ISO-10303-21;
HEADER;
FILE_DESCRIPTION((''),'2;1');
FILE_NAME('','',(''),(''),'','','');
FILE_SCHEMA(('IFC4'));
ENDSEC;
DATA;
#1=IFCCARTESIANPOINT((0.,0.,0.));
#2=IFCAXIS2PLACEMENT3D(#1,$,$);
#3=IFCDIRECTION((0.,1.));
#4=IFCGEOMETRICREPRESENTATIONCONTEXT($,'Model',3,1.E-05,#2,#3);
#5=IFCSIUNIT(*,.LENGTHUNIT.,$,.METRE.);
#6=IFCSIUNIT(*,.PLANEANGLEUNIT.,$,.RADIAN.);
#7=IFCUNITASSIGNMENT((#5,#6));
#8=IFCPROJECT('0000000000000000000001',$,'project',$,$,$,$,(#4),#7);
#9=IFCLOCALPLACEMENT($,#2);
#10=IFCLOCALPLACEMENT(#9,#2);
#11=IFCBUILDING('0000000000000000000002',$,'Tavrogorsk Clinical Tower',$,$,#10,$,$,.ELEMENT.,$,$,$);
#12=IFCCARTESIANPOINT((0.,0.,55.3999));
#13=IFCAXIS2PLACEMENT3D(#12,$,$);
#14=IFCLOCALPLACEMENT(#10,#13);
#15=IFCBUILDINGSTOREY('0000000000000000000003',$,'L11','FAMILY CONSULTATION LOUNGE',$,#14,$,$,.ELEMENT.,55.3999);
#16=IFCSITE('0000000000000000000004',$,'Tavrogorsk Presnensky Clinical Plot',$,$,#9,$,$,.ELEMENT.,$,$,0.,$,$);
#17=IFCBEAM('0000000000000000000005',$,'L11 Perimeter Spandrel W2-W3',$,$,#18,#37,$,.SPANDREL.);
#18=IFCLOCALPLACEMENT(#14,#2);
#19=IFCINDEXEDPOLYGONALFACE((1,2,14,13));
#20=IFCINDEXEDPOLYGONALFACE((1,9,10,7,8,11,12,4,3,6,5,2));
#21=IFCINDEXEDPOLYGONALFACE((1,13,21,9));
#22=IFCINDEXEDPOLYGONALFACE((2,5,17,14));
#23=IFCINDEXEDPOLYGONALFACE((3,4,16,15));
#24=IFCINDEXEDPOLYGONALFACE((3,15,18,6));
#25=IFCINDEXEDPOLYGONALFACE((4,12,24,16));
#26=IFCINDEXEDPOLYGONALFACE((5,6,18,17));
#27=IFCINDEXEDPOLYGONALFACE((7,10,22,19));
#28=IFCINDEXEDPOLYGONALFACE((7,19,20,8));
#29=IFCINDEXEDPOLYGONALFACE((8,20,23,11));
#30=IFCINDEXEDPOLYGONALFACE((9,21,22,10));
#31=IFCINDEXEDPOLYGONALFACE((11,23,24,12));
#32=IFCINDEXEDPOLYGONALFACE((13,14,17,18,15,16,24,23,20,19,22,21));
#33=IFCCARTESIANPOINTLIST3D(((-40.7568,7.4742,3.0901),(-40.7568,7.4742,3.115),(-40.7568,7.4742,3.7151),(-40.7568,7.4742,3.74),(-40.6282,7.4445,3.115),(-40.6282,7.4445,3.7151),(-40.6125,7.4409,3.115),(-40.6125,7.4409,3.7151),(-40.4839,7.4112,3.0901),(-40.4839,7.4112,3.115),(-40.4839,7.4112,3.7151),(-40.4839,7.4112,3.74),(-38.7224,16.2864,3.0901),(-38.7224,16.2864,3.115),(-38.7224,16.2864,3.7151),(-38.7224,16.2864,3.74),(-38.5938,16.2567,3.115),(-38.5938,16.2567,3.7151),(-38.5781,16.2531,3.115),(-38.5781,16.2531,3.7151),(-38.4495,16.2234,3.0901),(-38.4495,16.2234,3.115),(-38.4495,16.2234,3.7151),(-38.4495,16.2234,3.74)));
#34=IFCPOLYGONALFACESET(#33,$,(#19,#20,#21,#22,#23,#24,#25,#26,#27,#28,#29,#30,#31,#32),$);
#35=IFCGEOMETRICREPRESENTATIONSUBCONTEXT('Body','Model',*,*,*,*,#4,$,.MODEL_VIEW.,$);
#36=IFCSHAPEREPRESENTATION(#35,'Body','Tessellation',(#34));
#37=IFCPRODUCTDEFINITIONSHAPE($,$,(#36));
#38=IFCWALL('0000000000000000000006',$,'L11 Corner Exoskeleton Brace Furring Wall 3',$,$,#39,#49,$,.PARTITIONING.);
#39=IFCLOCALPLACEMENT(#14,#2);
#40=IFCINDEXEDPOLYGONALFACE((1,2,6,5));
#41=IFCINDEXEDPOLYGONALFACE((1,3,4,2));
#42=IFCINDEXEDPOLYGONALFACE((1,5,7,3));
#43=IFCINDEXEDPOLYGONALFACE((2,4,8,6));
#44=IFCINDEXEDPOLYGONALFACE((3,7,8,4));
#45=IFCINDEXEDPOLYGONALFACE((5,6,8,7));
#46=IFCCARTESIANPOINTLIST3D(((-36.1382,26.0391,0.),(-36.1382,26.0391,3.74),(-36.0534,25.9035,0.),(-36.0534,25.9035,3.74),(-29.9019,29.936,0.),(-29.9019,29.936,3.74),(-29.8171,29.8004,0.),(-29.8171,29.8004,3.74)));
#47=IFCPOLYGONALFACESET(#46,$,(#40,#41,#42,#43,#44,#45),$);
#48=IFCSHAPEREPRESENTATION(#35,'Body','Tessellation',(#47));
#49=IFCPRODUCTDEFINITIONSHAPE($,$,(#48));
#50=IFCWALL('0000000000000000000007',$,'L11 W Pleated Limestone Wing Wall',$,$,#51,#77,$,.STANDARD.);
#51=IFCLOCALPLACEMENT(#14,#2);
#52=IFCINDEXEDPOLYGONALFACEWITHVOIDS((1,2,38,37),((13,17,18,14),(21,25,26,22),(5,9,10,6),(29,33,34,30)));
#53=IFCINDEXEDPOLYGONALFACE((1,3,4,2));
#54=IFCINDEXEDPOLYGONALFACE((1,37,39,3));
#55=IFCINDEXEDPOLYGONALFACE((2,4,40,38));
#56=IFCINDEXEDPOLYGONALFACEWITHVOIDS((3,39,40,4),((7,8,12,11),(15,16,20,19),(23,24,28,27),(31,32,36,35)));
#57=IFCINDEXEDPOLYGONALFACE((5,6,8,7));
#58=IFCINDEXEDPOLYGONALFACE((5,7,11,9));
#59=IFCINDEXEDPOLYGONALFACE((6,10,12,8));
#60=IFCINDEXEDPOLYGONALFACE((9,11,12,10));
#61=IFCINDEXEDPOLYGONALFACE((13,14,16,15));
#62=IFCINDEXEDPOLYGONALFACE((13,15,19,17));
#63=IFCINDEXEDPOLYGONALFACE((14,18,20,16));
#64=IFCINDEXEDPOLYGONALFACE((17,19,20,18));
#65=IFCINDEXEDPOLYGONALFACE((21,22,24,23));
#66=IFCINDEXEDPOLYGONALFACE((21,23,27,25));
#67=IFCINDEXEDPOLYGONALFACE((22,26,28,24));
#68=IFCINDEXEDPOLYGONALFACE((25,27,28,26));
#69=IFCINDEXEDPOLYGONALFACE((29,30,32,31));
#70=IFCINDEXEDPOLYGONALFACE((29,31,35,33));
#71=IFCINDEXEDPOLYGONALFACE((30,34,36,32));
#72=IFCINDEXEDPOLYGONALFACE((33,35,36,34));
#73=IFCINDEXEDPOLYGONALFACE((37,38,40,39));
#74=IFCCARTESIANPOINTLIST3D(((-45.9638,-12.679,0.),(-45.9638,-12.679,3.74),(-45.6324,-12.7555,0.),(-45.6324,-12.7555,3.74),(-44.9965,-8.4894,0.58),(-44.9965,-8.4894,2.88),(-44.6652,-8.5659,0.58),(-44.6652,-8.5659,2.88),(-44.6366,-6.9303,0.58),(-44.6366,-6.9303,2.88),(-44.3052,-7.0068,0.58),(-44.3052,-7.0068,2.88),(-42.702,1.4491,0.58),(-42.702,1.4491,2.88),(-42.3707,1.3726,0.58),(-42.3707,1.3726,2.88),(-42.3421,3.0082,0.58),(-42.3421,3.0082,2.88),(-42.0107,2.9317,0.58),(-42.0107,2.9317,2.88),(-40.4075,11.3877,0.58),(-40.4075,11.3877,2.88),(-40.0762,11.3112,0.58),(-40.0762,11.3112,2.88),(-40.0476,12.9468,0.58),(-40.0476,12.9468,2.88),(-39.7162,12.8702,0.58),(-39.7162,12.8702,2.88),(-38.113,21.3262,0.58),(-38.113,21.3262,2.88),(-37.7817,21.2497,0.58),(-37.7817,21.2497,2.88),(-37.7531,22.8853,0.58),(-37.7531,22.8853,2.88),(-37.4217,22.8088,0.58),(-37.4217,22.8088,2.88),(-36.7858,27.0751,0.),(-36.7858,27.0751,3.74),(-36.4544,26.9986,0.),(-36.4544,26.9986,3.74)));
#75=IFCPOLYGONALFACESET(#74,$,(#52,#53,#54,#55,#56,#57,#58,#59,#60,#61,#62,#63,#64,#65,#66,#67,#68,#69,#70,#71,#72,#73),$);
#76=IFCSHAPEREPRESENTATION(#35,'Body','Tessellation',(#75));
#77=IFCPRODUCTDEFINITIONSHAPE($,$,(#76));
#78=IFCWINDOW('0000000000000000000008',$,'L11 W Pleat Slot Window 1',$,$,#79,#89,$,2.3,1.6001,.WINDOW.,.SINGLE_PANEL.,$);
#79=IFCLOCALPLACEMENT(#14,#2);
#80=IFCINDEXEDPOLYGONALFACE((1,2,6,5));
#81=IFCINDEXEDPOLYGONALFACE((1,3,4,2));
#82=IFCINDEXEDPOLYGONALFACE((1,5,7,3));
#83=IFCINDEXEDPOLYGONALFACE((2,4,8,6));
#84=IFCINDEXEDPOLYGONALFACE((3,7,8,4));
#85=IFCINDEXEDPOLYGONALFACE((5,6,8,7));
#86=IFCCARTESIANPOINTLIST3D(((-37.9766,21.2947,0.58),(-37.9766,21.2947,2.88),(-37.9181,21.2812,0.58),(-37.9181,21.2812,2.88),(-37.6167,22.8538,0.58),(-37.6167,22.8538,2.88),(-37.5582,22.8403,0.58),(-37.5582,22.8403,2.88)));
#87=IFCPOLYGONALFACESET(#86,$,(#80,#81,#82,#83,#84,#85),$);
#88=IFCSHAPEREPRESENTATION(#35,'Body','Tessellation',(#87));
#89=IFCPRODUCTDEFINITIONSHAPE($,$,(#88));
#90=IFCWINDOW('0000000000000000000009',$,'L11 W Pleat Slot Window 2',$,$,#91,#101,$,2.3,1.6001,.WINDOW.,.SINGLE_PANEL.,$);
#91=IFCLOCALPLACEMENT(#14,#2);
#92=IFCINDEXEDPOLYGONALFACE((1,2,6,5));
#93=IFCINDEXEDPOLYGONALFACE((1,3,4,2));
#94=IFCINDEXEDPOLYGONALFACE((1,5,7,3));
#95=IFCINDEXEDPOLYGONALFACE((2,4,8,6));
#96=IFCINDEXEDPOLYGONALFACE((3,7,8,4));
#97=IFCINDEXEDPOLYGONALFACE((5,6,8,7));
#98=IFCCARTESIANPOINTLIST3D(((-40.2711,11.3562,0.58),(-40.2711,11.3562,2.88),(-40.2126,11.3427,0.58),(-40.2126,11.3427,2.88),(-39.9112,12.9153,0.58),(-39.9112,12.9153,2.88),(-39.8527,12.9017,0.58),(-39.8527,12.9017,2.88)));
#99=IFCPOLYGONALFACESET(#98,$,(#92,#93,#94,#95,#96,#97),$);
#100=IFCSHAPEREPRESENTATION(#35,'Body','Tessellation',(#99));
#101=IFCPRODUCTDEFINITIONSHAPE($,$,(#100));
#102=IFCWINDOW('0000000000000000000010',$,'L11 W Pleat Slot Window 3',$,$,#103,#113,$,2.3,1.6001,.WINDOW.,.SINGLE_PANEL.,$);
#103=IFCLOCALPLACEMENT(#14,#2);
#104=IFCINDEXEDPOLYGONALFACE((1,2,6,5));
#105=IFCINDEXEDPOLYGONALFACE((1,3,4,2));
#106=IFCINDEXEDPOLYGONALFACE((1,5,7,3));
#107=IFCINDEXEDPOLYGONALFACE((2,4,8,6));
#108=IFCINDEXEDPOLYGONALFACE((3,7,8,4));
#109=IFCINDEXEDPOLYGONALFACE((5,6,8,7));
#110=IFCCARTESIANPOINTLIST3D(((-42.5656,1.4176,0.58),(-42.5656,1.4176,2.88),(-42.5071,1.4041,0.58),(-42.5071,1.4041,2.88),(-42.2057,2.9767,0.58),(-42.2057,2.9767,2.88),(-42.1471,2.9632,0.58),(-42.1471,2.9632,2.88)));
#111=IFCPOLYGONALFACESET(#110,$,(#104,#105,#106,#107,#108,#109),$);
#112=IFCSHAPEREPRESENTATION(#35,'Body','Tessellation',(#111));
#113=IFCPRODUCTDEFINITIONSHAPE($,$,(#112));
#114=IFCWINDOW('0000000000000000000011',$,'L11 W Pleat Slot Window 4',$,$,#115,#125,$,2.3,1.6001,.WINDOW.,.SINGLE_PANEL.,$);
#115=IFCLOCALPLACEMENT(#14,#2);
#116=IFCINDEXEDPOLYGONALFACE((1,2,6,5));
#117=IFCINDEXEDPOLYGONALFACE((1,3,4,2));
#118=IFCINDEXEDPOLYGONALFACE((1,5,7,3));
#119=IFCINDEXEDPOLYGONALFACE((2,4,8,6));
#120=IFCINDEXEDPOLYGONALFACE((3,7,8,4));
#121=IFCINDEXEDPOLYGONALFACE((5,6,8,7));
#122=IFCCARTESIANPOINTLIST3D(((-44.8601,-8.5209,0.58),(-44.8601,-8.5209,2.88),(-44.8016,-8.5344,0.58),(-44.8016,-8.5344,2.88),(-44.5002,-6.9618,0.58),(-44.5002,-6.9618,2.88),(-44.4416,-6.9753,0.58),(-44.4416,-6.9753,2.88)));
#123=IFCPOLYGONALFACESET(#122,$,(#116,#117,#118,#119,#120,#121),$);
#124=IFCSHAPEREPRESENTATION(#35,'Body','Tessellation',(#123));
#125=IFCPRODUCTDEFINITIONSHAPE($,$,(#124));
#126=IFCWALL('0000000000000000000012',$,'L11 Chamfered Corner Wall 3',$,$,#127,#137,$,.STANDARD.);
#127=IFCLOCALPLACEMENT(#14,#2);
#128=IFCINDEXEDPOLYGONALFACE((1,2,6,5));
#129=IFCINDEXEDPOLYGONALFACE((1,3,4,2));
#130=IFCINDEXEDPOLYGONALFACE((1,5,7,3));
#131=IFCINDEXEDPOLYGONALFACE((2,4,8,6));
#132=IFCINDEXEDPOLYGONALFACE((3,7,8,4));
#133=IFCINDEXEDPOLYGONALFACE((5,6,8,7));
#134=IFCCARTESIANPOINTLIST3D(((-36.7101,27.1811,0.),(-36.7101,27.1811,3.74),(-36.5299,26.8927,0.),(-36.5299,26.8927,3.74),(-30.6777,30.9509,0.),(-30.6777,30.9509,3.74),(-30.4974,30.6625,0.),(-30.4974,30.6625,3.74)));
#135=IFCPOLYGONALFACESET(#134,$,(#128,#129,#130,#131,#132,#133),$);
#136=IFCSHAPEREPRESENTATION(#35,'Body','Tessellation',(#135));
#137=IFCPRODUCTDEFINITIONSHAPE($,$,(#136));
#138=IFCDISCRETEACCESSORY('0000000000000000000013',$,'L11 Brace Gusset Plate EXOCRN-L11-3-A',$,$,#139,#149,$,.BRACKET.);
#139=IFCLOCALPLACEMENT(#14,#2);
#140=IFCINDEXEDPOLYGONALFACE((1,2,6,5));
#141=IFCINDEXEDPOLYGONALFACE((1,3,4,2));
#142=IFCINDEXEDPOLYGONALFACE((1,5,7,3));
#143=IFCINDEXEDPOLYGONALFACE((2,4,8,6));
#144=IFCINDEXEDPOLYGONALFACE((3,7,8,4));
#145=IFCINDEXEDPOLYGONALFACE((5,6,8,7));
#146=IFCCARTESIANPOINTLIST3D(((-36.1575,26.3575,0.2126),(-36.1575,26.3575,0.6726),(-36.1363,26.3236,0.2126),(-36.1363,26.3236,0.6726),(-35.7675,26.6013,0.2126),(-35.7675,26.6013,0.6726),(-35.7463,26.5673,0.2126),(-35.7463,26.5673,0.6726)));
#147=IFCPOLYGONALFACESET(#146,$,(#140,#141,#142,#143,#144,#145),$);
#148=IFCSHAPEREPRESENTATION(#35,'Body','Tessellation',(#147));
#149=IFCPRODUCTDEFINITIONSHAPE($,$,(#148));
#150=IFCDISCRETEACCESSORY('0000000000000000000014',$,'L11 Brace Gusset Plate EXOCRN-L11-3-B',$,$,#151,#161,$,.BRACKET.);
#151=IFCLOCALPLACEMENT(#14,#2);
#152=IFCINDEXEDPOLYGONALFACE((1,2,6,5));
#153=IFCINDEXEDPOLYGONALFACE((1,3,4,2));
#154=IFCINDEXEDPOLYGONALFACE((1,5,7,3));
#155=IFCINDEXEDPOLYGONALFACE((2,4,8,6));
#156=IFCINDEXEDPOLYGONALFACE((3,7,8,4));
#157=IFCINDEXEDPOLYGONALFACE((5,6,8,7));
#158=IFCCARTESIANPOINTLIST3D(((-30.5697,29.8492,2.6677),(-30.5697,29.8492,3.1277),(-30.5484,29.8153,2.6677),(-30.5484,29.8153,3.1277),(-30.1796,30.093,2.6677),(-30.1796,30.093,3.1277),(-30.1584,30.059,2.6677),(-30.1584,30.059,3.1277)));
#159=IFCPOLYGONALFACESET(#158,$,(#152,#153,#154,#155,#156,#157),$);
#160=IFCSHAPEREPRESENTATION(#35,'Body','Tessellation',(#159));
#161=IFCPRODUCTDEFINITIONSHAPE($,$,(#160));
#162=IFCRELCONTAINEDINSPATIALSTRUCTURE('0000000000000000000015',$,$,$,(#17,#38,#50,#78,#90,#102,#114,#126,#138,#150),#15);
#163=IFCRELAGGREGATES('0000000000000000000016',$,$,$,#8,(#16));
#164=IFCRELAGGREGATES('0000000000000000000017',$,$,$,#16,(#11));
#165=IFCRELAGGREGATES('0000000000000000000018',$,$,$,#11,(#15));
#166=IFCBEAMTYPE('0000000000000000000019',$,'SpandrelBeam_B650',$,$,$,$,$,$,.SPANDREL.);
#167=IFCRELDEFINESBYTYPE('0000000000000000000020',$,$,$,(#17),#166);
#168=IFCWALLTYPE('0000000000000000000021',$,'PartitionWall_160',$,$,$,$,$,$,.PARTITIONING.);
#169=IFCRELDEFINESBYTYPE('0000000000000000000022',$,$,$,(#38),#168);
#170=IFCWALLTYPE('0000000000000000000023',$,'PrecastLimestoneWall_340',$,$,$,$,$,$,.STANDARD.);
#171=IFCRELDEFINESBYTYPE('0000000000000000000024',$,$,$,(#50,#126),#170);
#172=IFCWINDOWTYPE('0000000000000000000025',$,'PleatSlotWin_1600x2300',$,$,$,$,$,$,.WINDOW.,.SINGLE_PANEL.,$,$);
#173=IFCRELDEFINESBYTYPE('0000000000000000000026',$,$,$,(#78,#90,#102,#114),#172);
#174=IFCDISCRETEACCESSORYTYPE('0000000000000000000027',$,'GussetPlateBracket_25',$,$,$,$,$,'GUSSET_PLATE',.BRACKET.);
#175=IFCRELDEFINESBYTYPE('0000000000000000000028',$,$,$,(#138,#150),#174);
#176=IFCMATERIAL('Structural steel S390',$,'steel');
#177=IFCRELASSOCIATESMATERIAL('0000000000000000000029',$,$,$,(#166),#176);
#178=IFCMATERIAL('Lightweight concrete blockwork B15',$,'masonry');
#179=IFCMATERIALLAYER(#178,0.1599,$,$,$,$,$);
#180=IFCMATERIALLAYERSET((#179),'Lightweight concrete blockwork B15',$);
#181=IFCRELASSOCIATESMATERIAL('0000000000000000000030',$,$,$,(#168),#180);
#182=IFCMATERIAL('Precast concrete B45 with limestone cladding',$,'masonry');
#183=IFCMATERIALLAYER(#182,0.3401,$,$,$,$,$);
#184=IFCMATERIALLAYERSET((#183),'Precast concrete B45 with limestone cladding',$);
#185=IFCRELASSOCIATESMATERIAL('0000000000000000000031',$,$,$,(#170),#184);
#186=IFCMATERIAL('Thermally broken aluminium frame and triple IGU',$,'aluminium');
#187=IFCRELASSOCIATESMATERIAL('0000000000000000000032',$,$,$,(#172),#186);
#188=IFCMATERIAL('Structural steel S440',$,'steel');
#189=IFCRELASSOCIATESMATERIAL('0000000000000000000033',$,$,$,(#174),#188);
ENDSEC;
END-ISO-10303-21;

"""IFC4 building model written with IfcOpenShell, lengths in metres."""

from ifc_helpers import new_model, si_unit, direction, frame, frame_2d, origin, origin_2d, place, context, subcontext, project, spatial, rectangle, i_section, extrude, material, layer, layer_set, material_profile, profile_set, type_object, element, fill, save


model = new_model("IFC4")

# Units and contexts
model_context = context("Model", 3, precision=1e-05, world=origin(), true_north=direction((0.0, 1.0)))
body_context = subcontext(model_context, "Body", "Model", "MODEL_VIEW")
ifc_project = project(units=[si_unit("LENGTHUNIT", "METRE"), si_unit("PLANEANGLEUNIT", "RADIAN")], contexts=[model_context])

# Site, building, storey
site_placement = place(None, origin())
site = spatial("IfcSite", under=ifc_project, at=site_placement, Name="Tavrogorsk Presnensky Clinical Plot", CompositionType="ELEMENT", RefElevation=0.0)
building_placement = place(site_placement, origin())
building = spatial("IfcBuilding", under=site, at=building_placement, Name="Tavrogorsk Clinical Tower", CompositionType="ELEMENT")
storey_placement = place(building_placement, frame((0.0, 0.0, 55.3999)))
storey = spatial("IfcBuildingStorey", under=building, at=storey_placement, Name="L11", Description="FAMILY CONSULTATION LOUNGE", CompositionType="ELEMENT", Elevation=55.3999)

# Beam
ifc_material_1 = material(Name="Structural steel S390", Category="steel")
ifc_material_profile_1 = material_profile(ifc_material_1, i_section(OverallWidth=0.28, OverallDepth=0.6499, WebThickness=0.0161, FlangeThickness=0.0249, at=origin_2d()), Name="B-650x280x16x25")
ifc_profile_set_1 = profile_set([ifc_material_profile_1], Name="Structural steel S390")
beam_type_1 = type_object("IfcBeamType", Name="SpandrelBeam_B650", PredefinedType="SPANDREL", material=ifc_profile_set_1)
beam_1_placement = place(storey_placement, frame((-38.5859, 16.2549, 3.415), z_axis=(-0.224946, -0.974371, 0.0), x_axis=(0.974371, -0.224946, 0.0)))
element("IfcBeam", 1, at=beam_1_placement, inside=storey, type_object=beam_type_1, Name="L11 Perimeter Spandrel W2-W3", PredefinedType="SPANDREL", context=body_context, shape_type="SweptSolid", body=[
    extrude(i_section(OverallWidth=0.28, OverallDepth=0.6499, WebThickness=0.0161, FlangeThickness=0.0249, at=origin_2d()), origin(), (0.0, 0.0, 1.0), 9.0439),
])

# Wall
ifc_material_2 = material(Name="Lightweight concrete blockwork B15", Category="masonry")
ifc_layer_1 = layer(ifc_material_2, 0.1599)
ifc_layer_set_1 = layer_set([ifc_layer_1], Name="Lightweight concrete blockwork B15")
wall_type_1 = type_object("IfcWallType", Name="PartitionWall_160", PredefinedType="PARTITIONING", material=ifc_layer_set_1)
wall_1_placement = place(storey_placement, frame((-29.8596, 29.8682, 0.0), z_axis=(0.0, 0.0, 1.0), x_axis=(-0.848043, -0.529927, 0.0)))
element("IfcWall", 2, at=wall_1_placement, inside=storey, type_object=wall_type_1, Name="L11 Corner Exoskeleton Brace Furring Wall 3", PredefinedType="PARTITIONING", context=body_context, shape_type="SweptSolid", body=[
    extrude(rectangle(XDim=7.3538, YDim=0.1599, at=frame_2d((3.6768, 0.0))), origin(), (0.0, 0.0, 1.0), 3.74),
])

# Wall, openings, windows
ifc_material_3 = material(Name="Precast concrete B45 with limestone cladding", Category="masonry")
ifc_layer_2 = layer(ifc_material_3, 0.3401)
ifc_layer_set_2 = layer_set([ifc_layer_2], Name="Precast concrete B45 with limestone cladding")
wall_type_2 = type_object("IfcWallType", Name="PrecastLimestoneWall_340", PredefinedType="STANDARD", material=ifc_layer_set_2)
wall_2_placement = place(storey_placement, frame((-36.6201, 27.0369, 0.0), z_axis=(0.0, 0.0, 1.0), x_axis=(-0.224951, -0.97437, 0.0)))
wall_2 = element("IfcWall", 3, at=wall_2_placement, inside=storey, type_object=wall_type_2, Name="L11 W Pleated Limestone Wing Wall", PredefinedType="STANDARD", context=body_context, shape_type="SweptSolid", body=[
    extrude(rectangle(XDim=40.7998, YDim=0.3401, at=frame_2d((20.3999, 0.0))), origin(), (0.0, 0.0, 1.0), 3.74),
])
opening_1_placement = place(wall_2_placement, frame((4.3, 0.0, 0.5801)))
opening_1 = element("IfcOpeningElement", 4, at=opening_1_placement, cuts=wall_2, PredefinedType="OPENING", context=body_context, shape_type="SweptSolid", body=[
    extrude(rectangle(XDim=1.6001, YDim=2.3, at=frame_2d((0.8, 1.1499))), frame((0.0, 0.1799, 0.0), z_axis=(0.0, -1.0, 0.0), x_axis=(1.0, 0.0, 0.0)), (0.0, 0.0, 1.0), 0.3601),
])
opening_2_placement = place(wall_2_placement, frame((14.5, 0.0, 0.5801)))
opening_2 = element("IfcOpeningElement", 5, at=opening_2_placement, cuts=wall_2, PredefinedType="OPENING", context=body_context, shape_type="SweptSolid", body=[
    extrude(rectangle(XDim=1.6001, YDim=2.3, at=frame_2d((0.8, 1.1499))), frame((0.0, 0.1799, 0.0), z_axis=(0.0, -1.0, 0.0), x_axis=(1.0, 0.0, 0.0)), (0.0, 0.0, 1.0), 0.3601),
])
opening_3_placement = place(wall_2_placement, frame((24.7, 0.0, 0.5801)))
opening_3 = element("IfcOpeningElement", 6, at=opening_3_placement, cuts=wall_2, PredefinedType="OPENING", context=body_context, shape_type="SweptSolid", body=[
    extrude(rectangle(XDim=1.6001, YDim=2.3, at=frame_2d((0.8, 1.1499))), frame((0.0, 0.1799, 0.0), z_axis=(0.0, -1.0, 0.0), x_axis=(1.0, 0.0, 0.0)), (0.0, 0.0, 1.0), 0.3601),
])
opening_4_placement = place(wall_2_placement, frame((34.8999, 0.0, 0.5801)))
opening_4 = element("IfcOpeningElement", 7, at=opening_4_placement, cuts=wall_2, PredefinedType="OPENING", context=body_context, shape_type="SweptSolid", body=[
    extrude(rectangle(XDim=1.6001, YDim=2.3, at=frame_2d((0.8, 1.1499))), frame((0.0, 0.1799, 0.0), z_axis=(0.0, -1.0, 0.0), x_axis=(1.0, 0.0, 0.0)), (0.0, 0.0, 1.0), 0.3601),
])
ifc_material_4 = material(Name="Thermally broken aluminium frame and triple IGU", Category="aluminium")
window_type = type_object("IfcWindowType", Name="PleatSlotWin_1600x2300", PartitioningType="SINGLE_PANEL", PredefinedType="WINDOW", material=ifc_material_4)
window_1_placement = place(opening_1_placement, origin())
window_1 = element("IfcWindow", 8, at=window_1_placement, inside=storey, type_object=window_type, Name="L11 W Pleat Slot Window 1", OverallHeight=2.3, OverallWidth=1.6001, PartitioningType="SINGLE_PANEL", PredefinedType="WINDOW", context=body_context, shape_type="SweptSolid", body=[
    extrude(rectangle(XDim=1.6001, YDim=2.3, at=frame_2d((0.8, 1.1499))), frame((0.0, 0.03, 0.0), z_axis=(0.0, -1.0, 0.0), x_axis=(1.0, 0.0, 0.0)), (0.0, 0.0, 1.0), 0.0601),
])
fill(opening_1, window_1)
window_2_placement = place(opening_2_placement, origin())
window_2 = element("IfcWindow", 9, at=window_2_placement, inside=storey, type_object=window_type, Name="L11 W Pleat Slot Window 2", OverallHeight=2.3, OverallWidth=1.6001, PartitioningType="SINGLE_PANEL", PredefinedType="WINDOW", context=body_context, shape_type="SweptSolid", body=[
    extrude(rectangle(XDim=1.6001, YDim=2.3, at=frame_2d((0.8, 1.1499))), frame((0.0, 0.03, 0.0), z_axis=(0.0, -1.0, 0.0), x_axis=(1.0, 0.0, 0.0)), (0.0, 0.0, 1.0), 0.0601),
])
fill(opening_2, window_2)
window_3_placement = place(opening_3_placement, origin())
window_3 = element("IfcWindow", 10, at=window_3_placement, inside=storey, type_object=window_type, Name="L11 W Pleat Slot Window 3", OverallHeight=2.3, OverallWidth=1.6001, PartitioningType="SINGLE_PANEL", PredefinedType="WINDOW", context=body_context, shape_type="SweptSolid", body=[
    extrude(rectangle(XDim=1.6001, YDim=2.3, at=frame_2d((0.8, 1.1499))), frame((0.0, 0.03, 0.0), z_axis=(0.0, -1.0, 0.0), x_axis=(1.0, 0.0, 0.0)), (0.0, 0.0, 1.0), 0.0601),
])
fill(opening_3, window_3)
window_4_placement = place(opening_4_placement, origin())
window_4 = element("IfcWindow", 11, at=window_4_placement, inside=storey, type_object=window_type, Name="L11 W Pleat Slot Window 4", OverallHeight=2.3, OverallWidth=1.6001, PartitioningType="SINGLE_PANEL", PredefinedType="WINDOW", context=body_context, shape_type="SweptSolid", body=[
    extrude(rectangle(XDim=1.6001, YDim=2.3, at=frame_2d((0.8, 1.1499))), frame((0.0, 0.03, 0.0), z_axis=(0.0, -1.0, 0.0), x_axis=(1.0, 0.0, 0.0)), (0.0, 0.0, 1.0), 0.0601),
])
fill(opening_4, window_4)

# Wall
wall_3_placement = place(storey_placement, frame((-30.5876, 30.8066, 0.0), z_axis=(0.0, 0.0, 1.0), x_axis=(-0.848031, -0.529946, 0.0)))
element("IfcWall", 12, at=wall_3_placement, inside=storey, type_object=wall_type_2, Name="L11 Chamfered Corner Wall 3", PredefinedType="STANDARD", context=body_context, shape_type="SweptSolid", body=[
    extrude(rectangle(XDim=7.1135, YDim=0.3401, at=frame_2d((3.5566, 0.0))), origin(), (0.0, 0.0, 1.0), 3.74),
])

# Discrete accessories
ifc_material_5 = material(Name="Structural steel S440", Category="steel")
discrete_accessory_type = type_object("IfcDiscreteAccessoryType", Name="GussetPlateBracket_25", ElementType="GUSSET_PLATE", PredefinedType="BRACKET", material=ifc_material_5)
for number, where, z_axis, x_axis, name in (
    (13, (-35.9519, 26.4624, 0.2126), (0.0, 0.0, 1.0), (0.848048, 0.529919, 0.0), "L11 Brace Gusset Plate EXOCRN-L11-3-A"),
    (14, (-30.364, 29.9541, 2.6677), (0.0, 0.0, 1.0), (0.848048, 0.529919, 0.0), "L11 Brace Gusset Plate EXOCRN-L11-3-B"),
):
    element("IfcDiscreteAccessory", number, at=place(storey_placement, frame(where, z_axis=z_axis, x_axis=x_axis)), inside=storey, type_object=discrete_accessory_type, Name=name, PredefinedType="BRACKET", context=body_context, shape_type="SweptSolid", body=[
        extrude(rectangle(XDim=0.46, YDim=0.04, at=origin_2d()), origin(), (0.0, 0.0, 1.0), 0.46),
    ])

save(model, "model.ifc")
